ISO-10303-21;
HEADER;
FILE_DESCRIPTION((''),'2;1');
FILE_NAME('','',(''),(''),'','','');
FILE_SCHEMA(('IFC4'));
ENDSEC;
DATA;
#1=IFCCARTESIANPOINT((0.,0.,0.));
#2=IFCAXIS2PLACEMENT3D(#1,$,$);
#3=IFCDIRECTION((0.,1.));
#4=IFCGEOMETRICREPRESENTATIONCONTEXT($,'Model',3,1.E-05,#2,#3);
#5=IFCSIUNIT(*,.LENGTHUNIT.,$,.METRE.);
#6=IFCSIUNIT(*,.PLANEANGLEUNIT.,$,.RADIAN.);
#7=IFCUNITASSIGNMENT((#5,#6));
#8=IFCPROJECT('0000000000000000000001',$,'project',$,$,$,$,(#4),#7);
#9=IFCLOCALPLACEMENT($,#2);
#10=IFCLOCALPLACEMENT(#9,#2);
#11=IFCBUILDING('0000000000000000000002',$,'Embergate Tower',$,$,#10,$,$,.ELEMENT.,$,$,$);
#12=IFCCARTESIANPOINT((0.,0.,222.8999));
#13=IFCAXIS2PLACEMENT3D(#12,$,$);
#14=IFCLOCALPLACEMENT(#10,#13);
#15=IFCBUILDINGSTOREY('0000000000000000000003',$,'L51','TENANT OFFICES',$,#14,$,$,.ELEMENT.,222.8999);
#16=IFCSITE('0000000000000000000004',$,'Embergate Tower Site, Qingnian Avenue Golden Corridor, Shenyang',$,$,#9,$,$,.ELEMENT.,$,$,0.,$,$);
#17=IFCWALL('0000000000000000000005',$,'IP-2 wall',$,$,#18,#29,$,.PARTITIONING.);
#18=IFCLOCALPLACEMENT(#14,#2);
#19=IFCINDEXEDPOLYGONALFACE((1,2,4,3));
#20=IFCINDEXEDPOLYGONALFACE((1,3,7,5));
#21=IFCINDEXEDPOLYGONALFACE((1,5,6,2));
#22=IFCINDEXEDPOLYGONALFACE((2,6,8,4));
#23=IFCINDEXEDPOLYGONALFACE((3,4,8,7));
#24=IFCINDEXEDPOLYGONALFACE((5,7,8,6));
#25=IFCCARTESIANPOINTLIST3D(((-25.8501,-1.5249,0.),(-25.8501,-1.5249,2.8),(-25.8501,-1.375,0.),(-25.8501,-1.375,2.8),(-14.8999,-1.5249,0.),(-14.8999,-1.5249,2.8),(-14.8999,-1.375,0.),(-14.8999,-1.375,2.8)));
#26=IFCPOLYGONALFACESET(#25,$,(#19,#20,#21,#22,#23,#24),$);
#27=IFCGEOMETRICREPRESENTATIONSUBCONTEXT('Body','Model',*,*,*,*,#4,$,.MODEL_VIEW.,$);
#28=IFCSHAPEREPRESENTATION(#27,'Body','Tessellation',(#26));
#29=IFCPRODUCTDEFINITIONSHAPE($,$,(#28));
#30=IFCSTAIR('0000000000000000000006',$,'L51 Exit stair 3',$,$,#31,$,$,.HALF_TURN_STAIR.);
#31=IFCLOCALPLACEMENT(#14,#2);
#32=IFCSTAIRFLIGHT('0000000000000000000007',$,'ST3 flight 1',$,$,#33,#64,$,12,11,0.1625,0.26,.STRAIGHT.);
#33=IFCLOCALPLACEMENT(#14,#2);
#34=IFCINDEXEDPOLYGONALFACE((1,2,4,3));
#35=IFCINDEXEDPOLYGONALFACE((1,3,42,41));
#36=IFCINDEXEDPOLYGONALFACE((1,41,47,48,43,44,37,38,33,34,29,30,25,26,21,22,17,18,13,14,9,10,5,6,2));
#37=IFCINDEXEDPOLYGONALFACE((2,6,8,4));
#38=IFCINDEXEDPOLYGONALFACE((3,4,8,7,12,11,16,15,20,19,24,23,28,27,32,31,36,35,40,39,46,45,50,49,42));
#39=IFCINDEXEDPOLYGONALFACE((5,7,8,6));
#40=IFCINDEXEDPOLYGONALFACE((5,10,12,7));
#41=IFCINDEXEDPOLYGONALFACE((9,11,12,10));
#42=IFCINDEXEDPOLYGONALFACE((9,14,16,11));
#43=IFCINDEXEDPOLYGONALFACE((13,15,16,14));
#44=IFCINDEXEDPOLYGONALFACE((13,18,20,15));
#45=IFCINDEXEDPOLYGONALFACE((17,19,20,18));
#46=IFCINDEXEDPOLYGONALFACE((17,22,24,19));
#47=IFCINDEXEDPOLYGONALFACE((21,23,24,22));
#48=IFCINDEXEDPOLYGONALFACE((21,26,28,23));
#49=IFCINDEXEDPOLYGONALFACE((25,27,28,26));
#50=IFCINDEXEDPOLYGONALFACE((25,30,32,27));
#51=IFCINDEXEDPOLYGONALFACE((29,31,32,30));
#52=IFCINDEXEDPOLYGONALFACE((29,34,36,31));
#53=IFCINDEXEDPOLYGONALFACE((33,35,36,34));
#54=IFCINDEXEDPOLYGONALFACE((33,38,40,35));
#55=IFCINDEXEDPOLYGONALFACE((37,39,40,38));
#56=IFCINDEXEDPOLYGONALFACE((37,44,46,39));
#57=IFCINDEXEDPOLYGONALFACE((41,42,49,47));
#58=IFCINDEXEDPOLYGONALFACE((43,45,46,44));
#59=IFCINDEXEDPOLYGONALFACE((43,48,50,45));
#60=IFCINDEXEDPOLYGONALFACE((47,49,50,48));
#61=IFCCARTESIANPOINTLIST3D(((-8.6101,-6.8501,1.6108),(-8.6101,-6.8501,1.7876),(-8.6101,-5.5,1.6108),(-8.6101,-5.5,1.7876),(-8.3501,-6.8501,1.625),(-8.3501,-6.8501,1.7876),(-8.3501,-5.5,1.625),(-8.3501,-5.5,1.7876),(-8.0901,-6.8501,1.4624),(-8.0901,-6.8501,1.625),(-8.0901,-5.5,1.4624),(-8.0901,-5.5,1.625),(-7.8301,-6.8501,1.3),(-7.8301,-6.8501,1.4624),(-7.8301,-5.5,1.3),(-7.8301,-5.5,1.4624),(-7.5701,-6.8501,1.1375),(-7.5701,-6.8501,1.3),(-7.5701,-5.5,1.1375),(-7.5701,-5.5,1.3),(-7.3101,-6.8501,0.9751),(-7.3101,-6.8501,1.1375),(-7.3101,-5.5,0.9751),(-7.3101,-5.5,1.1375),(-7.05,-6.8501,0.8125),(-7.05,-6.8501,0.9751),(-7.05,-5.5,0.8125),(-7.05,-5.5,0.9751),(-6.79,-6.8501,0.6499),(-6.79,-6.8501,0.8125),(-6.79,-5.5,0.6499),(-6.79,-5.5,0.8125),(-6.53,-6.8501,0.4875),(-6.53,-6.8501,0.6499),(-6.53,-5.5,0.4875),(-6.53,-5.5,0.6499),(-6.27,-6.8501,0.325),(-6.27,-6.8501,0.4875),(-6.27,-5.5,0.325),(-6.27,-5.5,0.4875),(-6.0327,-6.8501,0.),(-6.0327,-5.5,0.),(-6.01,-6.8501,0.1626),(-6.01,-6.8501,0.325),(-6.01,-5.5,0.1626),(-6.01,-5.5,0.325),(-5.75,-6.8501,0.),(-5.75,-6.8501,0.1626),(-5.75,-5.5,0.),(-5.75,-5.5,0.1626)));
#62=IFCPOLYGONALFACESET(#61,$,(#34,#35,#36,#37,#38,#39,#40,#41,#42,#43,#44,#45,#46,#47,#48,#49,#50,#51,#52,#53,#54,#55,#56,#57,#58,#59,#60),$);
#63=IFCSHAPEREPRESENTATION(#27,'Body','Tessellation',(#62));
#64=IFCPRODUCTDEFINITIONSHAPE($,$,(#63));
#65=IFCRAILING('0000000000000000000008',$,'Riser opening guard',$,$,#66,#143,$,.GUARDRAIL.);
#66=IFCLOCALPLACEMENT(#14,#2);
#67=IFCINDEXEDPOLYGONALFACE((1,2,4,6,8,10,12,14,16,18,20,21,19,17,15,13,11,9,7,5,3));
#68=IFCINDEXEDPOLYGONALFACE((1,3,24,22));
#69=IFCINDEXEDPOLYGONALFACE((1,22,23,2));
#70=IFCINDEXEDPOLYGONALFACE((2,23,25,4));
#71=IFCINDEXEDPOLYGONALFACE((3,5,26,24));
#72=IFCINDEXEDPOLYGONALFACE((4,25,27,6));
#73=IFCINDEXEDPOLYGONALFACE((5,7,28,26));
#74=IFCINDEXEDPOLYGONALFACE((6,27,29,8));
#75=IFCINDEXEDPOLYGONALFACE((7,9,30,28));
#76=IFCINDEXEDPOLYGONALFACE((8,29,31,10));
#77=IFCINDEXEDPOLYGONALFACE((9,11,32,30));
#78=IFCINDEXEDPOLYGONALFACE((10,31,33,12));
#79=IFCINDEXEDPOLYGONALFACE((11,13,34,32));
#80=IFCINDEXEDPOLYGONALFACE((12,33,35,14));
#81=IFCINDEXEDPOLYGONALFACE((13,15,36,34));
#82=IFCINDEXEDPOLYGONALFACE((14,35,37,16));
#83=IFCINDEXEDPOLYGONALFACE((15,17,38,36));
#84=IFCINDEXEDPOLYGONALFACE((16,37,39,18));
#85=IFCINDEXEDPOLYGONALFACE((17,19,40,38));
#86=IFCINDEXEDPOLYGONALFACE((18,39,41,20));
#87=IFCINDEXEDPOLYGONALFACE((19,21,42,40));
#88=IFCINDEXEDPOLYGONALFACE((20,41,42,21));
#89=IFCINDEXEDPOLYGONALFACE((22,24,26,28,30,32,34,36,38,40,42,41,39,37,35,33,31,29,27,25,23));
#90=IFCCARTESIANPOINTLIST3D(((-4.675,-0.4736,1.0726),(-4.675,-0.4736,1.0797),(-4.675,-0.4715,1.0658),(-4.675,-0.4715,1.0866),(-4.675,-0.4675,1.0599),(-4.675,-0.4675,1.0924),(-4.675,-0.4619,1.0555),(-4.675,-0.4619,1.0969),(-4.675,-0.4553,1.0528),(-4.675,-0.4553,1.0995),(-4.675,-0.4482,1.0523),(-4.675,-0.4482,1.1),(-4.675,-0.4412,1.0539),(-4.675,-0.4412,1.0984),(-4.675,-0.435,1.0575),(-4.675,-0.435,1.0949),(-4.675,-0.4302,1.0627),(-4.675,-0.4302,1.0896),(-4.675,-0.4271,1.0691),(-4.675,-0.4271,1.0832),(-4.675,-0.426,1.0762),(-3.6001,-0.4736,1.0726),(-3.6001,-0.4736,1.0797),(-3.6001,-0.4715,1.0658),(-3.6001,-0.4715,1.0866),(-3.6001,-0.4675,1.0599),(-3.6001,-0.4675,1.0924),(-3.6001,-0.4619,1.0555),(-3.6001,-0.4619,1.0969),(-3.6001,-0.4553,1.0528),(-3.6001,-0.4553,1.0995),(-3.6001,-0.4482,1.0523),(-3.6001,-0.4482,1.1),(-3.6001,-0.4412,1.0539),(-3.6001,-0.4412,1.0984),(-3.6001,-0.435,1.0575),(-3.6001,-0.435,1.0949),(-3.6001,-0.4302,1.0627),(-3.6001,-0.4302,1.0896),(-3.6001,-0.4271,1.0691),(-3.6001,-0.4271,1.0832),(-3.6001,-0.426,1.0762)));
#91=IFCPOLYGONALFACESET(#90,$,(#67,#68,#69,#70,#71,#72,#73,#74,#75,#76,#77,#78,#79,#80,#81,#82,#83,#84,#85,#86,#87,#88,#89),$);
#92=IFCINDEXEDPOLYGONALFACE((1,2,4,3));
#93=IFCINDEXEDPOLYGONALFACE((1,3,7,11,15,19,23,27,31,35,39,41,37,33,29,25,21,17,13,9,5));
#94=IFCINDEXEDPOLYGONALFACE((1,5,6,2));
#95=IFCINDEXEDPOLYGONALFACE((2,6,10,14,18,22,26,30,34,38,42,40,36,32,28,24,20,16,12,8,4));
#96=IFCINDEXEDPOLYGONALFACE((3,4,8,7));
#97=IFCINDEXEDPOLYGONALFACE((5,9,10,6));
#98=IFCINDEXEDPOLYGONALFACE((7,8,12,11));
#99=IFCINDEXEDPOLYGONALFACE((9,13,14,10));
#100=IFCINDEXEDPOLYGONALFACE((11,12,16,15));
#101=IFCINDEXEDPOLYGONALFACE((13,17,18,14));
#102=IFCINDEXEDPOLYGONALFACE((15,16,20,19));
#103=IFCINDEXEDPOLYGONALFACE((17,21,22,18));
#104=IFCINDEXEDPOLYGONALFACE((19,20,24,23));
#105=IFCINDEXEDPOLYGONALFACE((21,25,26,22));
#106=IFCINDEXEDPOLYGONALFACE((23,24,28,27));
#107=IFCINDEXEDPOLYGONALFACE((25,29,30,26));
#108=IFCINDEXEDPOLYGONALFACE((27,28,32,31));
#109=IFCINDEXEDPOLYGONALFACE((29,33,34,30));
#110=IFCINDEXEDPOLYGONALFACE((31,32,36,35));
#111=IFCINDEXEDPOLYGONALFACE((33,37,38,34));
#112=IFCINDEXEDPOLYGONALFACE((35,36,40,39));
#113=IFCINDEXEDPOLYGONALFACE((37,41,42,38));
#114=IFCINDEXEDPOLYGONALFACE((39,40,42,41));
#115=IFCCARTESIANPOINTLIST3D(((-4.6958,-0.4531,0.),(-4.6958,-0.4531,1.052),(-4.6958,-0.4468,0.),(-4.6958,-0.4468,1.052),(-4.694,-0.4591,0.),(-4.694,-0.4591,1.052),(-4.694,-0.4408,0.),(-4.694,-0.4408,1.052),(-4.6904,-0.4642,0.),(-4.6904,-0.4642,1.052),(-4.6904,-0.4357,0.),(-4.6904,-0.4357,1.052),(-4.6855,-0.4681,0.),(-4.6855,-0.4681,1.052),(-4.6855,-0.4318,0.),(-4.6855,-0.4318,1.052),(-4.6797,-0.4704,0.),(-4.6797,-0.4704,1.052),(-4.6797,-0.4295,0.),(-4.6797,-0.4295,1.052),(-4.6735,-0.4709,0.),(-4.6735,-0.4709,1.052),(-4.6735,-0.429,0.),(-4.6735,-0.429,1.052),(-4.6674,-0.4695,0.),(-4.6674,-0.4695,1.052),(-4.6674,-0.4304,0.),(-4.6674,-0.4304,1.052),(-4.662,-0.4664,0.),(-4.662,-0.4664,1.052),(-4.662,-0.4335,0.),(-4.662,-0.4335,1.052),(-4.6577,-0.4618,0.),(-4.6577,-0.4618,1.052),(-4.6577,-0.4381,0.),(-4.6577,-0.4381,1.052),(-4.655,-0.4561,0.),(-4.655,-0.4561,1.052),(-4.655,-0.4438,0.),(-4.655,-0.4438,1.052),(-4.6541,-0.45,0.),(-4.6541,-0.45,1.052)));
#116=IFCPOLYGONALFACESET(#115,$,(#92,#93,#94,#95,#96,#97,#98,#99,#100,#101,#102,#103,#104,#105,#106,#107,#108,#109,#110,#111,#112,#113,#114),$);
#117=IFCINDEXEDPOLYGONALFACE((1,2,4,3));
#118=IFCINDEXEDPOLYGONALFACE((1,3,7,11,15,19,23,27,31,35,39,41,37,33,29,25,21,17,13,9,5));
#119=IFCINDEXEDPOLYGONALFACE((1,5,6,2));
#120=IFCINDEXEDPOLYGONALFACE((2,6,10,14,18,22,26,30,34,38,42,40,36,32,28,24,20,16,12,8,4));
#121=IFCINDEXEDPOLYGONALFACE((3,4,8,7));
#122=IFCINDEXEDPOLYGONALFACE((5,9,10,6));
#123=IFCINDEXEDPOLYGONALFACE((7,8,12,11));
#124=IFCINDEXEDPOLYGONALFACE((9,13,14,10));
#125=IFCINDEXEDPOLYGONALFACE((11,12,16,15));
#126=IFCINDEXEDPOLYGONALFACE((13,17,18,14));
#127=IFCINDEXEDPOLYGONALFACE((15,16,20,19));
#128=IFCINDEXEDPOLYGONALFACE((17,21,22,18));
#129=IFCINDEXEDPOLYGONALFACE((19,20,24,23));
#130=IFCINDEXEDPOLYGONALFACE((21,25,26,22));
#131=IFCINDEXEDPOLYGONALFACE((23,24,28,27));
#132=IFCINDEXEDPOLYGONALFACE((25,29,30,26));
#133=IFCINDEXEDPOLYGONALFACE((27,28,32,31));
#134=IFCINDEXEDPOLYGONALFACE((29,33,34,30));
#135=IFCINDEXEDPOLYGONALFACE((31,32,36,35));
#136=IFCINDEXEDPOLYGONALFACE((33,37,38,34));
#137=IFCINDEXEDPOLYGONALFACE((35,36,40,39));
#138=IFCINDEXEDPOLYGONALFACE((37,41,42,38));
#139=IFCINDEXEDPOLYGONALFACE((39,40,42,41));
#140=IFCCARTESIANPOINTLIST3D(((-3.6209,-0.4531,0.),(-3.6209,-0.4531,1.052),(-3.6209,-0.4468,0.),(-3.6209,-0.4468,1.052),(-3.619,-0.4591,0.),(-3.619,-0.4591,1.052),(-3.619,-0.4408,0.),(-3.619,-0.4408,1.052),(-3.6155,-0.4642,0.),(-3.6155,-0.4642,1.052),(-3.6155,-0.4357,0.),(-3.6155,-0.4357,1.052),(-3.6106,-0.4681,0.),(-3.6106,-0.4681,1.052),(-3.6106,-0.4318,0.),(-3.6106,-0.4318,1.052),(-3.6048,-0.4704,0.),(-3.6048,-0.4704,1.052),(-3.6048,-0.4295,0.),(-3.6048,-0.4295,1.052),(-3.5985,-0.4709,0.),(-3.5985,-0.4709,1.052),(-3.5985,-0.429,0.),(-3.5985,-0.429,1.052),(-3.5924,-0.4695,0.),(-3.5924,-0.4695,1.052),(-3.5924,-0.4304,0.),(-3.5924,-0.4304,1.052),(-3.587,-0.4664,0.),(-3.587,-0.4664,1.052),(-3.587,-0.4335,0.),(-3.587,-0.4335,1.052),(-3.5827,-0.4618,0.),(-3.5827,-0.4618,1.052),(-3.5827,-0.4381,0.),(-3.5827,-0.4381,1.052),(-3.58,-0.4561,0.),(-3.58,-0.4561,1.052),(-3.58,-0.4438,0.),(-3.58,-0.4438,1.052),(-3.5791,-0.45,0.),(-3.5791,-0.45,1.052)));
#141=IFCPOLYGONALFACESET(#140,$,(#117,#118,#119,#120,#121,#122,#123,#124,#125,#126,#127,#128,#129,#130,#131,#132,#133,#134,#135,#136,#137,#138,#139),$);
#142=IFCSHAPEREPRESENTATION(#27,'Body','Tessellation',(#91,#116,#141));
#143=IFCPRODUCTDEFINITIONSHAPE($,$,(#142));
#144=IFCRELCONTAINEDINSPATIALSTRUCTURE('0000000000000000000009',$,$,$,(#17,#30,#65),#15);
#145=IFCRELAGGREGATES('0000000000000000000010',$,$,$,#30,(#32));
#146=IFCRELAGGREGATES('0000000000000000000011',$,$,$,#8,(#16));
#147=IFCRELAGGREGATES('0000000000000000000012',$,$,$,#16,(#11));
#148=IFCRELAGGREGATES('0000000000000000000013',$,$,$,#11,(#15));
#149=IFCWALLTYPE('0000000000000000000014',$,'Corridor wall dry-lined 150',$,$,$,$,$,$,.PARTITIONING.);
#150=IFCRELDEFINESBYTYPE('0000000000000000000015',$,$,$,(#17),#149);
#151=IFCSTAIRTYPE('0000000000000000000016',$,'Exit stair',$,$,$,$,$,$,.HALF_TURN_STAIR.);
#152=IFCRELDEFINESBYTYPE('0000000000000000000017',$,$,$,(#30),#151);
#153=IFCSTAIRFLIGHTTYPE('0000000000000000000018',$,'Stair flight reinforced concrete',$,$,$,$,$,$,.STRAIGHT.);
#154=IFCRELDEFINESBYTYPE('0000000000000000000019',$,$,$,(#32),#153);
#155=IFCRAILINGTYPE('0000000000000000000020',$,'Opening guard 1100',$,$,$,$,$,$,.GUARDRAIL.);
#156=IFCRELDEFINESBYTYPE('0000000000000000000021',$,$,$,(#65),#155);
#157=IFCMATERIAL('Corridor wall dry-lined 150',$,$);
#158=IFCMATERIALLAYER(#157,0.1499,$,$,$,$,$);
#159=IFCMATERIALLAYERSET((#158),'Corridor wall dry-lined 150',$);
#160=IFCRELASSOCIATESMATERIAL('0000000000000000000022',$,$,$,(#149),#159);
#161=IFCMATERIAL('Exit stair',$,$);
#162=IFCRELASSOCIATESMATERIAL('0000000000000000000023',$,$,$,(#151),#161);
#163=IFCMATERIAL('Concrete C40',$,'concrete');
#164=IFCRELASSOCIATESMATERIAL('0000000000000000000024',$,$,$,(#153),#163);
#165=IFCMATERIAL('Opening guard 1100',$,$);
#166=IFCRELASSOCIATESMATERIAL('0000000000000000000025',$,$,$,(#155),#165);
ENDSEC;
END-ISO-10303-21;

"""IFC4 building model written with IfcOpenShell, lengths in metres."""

from ifc_helpers import new_model, si_unit, direction, frame, frame_2d, origin, origin_2d, place, context, subcontext, project, spatial, polyline, rectangle, circle, outline, extrude, source, transform, mapped, material, layer, layer_set, type_object, element, aggregate, save


model = new_model("IFC4")

# Units and contexts
model_context = context("Model", 3, precision=1e-05, world=origin(), true_north=direction((0.0, 1.0)))
body_context = subcontext(model_context, "Body", "Model", "MODEL_VIEW")
ifc_project = project(units=[si_unit("LENGTHUNIT", "METRE"), si_unit("PLANEANGLEUNIT", "RADIAN")], contexts=[model_context])

# Site, building, storey
site_placement = place(None, origin())
site = spatial("IfcSite", under=ifc_project, at=site_placement, Name="Embergate Tower Site, Qingnian Avenue Golden Corridor, Shenyang", CompositionType="ELEMENT", RefElevation=0.0)
building_placement = place(site_placement, origin())
building = spatial("IfcBuilding", under=site, at=building_placement, Name="Embergate Tower", CompositionType="ELEMENT")
storey_placement = place(building_placement, frame((0.0, 0.0, 222.8999)))
storey = spatial("IfcBuildingStorey", under=building, at=storey_placement, Name="L51", Description="TENANT OFFICES", CompositionType="ELEMENT", Elevation=222.8999)

# Wall
ifc_material_1 = material(Name="Corridor wall dry-lined 150")
ifc_layer_1 = layer(ifc_material_1, 0.1499)
ifc_layer_set_1 = layer_set([ifc_layer_1], Name="Corridor wall dry-lined 150")
wall_type_1 = type_object("IfcWallType", Name="Corridor wall dry-lined 150", PredefinedType="PARTITIONING", material=ifc_layer_set_1)
shared_shape_1 = source(origin(), body_context, "Body", "SweptSolid", [
    extrude(rectangle(XDim=10.9502, YDim=0.1499, at=frame_2d((5.4751, 0.0))), origin(), (0.0, 0.0, 1.0), 2.8),
])
wall_1_placement = place(storey_placement, frame((-14.8999, -1.45, 0.0), z_axis=(0.0, 0.0, 1.0), x_axis=(-1.0, 0.0, 0.0)))
element("IfcWall", 1, at=wall_1_placement, inside=storey, type_object=wall_type_1, Name="IP-2 wall", PredefinedType="PARTITIONING", context=body_context, shape_type="MappedRepresentation", body=[
    mapped(shared_shape_1, transform((0.0, 0.0, 0.0))),
])

# Stair, stair flight
ifc_material_2 = material(Name="Exit stair")
stair_type = type_object("IfcStairType", Name="Exit stair", PredefinedType="HALF_TURN_STAIR", material=ifc_material_2)
stair_placement = place(storey_placement, origin())
stair = element("IfcStair", 2, at=stair_placement, inside=storey, type_object=stair_type, Name="L51 Exit stair 3", PredefinedType="HALF_TURN_STAIR")
ifc_material_3 = material(Name="Concrete C40", Category="concrete")
stair_flight_type = type_object("IfcStairFlightType", Name="Stair flight reinforced concrete", PredefinedType="STRAIGHT", material=ifc_material_3)
shared_shape_2 = source(origin(), body_context, "Body", "SweptSolid", [
    extrude(outline(polyline([(0.0, 0.0), (0.0, 0.1626), (0.26, 0.1626), (0.26, 0.325), (0.52, 0.325), (0.52, 0.4875), (0.78, 0.4875), (0.78, 0.6499), (1.04, 0.6499), (1.04, 0.8125), (1.3, 0.8125), (1.3, 0.9751), (1.5601, 0.9751), (1.5601, 1.1375), (1.8201, 1.1375), (1.8201, 1.3), (2.0801, 1.3), (2.0801, 1.4624), (2.3401, 1.4624), (2.3401, 1.625), (2.6001, 1.625), (2.6001, 1.7876), (2.8601, 1.7876), (2.8601, 1.95), (2.8601, 1.6108), (0.2827, 0.0), (0.0, 0.0)])), frame((0.0, 0.675, 0.0), z_axis=(0.0, -1.0, 0.0), x_axis=(1.0, 0.0, 0.0)), (0.0, 0.0, 1.0), 1.3501),
])
stair_flight_placement = place(storey_placement, frame((-5.75, -6.175, 0.0), z_axis=(0.0, 0.0, 1.0), x_axis=(-1.0, 0.0, 0.0)))
stair_flight = element("IfcStairFlight", 3, at=stair_flight_placement, type_object=stair_flight_type, Name="ST3 flight 1", NumberOfRisers=12, NumberOfTreads=11, PredefinedType="STRAIGHT", RiserHeight=0.1625, TreadLength=0.26, context=body_context, shape_type="MappedRepresentation", body=[
    mapped(shared_shape_2, transform((0.0, 0.0, 0.0))),
])
aggregate(stair, [stair_flight])

# Railing
ifc_material_4 = material(Name="Opening guard 1100")
railing_type_1 = type_object("IfcRailingType", Name="Opening guard 1100", PredefinedType="GUARDRAIL", material=ifc_material_4)
shared_shape_3 = source(origin(), body_context, "Body", "SweptSolid", [
    extrude(circle(Radius=0.0239, at=origin_2d()), frame((0.0, 0.0, 1.0762), z_axis=(1.0, 0.0, 0.0), x_axis=(0.0, 1.0, 0.0)), (0.0, 0.0, 1.0), 1.075),
    extrude(circle(Radius=0.021, at=origin_2d()), origin(), (0.0, 0.0, 1.0), 1.052),
    extrude(circle(Radius=0.021, at=origin_2d()), frame((1.075, 0.0, 0.0)), (0.0, 0.0, 1.0), 1.052),
])
railing_1_placement = place(storey_placement, frame((-4.675, -0.45, 0.0)))
element("IfcRailing", 4, at=railing_1_placement, inside=storey, type_object=railing_type_1, Name="Riser opening guard", PredefinedType="GUARDRAIL", context=body_context, shape_type="MappedRepresentation", body=[
    mapped(shared_shape_3, transform((0.0, 0.0, 0.0))),
])

save(model, "model.ifc")
